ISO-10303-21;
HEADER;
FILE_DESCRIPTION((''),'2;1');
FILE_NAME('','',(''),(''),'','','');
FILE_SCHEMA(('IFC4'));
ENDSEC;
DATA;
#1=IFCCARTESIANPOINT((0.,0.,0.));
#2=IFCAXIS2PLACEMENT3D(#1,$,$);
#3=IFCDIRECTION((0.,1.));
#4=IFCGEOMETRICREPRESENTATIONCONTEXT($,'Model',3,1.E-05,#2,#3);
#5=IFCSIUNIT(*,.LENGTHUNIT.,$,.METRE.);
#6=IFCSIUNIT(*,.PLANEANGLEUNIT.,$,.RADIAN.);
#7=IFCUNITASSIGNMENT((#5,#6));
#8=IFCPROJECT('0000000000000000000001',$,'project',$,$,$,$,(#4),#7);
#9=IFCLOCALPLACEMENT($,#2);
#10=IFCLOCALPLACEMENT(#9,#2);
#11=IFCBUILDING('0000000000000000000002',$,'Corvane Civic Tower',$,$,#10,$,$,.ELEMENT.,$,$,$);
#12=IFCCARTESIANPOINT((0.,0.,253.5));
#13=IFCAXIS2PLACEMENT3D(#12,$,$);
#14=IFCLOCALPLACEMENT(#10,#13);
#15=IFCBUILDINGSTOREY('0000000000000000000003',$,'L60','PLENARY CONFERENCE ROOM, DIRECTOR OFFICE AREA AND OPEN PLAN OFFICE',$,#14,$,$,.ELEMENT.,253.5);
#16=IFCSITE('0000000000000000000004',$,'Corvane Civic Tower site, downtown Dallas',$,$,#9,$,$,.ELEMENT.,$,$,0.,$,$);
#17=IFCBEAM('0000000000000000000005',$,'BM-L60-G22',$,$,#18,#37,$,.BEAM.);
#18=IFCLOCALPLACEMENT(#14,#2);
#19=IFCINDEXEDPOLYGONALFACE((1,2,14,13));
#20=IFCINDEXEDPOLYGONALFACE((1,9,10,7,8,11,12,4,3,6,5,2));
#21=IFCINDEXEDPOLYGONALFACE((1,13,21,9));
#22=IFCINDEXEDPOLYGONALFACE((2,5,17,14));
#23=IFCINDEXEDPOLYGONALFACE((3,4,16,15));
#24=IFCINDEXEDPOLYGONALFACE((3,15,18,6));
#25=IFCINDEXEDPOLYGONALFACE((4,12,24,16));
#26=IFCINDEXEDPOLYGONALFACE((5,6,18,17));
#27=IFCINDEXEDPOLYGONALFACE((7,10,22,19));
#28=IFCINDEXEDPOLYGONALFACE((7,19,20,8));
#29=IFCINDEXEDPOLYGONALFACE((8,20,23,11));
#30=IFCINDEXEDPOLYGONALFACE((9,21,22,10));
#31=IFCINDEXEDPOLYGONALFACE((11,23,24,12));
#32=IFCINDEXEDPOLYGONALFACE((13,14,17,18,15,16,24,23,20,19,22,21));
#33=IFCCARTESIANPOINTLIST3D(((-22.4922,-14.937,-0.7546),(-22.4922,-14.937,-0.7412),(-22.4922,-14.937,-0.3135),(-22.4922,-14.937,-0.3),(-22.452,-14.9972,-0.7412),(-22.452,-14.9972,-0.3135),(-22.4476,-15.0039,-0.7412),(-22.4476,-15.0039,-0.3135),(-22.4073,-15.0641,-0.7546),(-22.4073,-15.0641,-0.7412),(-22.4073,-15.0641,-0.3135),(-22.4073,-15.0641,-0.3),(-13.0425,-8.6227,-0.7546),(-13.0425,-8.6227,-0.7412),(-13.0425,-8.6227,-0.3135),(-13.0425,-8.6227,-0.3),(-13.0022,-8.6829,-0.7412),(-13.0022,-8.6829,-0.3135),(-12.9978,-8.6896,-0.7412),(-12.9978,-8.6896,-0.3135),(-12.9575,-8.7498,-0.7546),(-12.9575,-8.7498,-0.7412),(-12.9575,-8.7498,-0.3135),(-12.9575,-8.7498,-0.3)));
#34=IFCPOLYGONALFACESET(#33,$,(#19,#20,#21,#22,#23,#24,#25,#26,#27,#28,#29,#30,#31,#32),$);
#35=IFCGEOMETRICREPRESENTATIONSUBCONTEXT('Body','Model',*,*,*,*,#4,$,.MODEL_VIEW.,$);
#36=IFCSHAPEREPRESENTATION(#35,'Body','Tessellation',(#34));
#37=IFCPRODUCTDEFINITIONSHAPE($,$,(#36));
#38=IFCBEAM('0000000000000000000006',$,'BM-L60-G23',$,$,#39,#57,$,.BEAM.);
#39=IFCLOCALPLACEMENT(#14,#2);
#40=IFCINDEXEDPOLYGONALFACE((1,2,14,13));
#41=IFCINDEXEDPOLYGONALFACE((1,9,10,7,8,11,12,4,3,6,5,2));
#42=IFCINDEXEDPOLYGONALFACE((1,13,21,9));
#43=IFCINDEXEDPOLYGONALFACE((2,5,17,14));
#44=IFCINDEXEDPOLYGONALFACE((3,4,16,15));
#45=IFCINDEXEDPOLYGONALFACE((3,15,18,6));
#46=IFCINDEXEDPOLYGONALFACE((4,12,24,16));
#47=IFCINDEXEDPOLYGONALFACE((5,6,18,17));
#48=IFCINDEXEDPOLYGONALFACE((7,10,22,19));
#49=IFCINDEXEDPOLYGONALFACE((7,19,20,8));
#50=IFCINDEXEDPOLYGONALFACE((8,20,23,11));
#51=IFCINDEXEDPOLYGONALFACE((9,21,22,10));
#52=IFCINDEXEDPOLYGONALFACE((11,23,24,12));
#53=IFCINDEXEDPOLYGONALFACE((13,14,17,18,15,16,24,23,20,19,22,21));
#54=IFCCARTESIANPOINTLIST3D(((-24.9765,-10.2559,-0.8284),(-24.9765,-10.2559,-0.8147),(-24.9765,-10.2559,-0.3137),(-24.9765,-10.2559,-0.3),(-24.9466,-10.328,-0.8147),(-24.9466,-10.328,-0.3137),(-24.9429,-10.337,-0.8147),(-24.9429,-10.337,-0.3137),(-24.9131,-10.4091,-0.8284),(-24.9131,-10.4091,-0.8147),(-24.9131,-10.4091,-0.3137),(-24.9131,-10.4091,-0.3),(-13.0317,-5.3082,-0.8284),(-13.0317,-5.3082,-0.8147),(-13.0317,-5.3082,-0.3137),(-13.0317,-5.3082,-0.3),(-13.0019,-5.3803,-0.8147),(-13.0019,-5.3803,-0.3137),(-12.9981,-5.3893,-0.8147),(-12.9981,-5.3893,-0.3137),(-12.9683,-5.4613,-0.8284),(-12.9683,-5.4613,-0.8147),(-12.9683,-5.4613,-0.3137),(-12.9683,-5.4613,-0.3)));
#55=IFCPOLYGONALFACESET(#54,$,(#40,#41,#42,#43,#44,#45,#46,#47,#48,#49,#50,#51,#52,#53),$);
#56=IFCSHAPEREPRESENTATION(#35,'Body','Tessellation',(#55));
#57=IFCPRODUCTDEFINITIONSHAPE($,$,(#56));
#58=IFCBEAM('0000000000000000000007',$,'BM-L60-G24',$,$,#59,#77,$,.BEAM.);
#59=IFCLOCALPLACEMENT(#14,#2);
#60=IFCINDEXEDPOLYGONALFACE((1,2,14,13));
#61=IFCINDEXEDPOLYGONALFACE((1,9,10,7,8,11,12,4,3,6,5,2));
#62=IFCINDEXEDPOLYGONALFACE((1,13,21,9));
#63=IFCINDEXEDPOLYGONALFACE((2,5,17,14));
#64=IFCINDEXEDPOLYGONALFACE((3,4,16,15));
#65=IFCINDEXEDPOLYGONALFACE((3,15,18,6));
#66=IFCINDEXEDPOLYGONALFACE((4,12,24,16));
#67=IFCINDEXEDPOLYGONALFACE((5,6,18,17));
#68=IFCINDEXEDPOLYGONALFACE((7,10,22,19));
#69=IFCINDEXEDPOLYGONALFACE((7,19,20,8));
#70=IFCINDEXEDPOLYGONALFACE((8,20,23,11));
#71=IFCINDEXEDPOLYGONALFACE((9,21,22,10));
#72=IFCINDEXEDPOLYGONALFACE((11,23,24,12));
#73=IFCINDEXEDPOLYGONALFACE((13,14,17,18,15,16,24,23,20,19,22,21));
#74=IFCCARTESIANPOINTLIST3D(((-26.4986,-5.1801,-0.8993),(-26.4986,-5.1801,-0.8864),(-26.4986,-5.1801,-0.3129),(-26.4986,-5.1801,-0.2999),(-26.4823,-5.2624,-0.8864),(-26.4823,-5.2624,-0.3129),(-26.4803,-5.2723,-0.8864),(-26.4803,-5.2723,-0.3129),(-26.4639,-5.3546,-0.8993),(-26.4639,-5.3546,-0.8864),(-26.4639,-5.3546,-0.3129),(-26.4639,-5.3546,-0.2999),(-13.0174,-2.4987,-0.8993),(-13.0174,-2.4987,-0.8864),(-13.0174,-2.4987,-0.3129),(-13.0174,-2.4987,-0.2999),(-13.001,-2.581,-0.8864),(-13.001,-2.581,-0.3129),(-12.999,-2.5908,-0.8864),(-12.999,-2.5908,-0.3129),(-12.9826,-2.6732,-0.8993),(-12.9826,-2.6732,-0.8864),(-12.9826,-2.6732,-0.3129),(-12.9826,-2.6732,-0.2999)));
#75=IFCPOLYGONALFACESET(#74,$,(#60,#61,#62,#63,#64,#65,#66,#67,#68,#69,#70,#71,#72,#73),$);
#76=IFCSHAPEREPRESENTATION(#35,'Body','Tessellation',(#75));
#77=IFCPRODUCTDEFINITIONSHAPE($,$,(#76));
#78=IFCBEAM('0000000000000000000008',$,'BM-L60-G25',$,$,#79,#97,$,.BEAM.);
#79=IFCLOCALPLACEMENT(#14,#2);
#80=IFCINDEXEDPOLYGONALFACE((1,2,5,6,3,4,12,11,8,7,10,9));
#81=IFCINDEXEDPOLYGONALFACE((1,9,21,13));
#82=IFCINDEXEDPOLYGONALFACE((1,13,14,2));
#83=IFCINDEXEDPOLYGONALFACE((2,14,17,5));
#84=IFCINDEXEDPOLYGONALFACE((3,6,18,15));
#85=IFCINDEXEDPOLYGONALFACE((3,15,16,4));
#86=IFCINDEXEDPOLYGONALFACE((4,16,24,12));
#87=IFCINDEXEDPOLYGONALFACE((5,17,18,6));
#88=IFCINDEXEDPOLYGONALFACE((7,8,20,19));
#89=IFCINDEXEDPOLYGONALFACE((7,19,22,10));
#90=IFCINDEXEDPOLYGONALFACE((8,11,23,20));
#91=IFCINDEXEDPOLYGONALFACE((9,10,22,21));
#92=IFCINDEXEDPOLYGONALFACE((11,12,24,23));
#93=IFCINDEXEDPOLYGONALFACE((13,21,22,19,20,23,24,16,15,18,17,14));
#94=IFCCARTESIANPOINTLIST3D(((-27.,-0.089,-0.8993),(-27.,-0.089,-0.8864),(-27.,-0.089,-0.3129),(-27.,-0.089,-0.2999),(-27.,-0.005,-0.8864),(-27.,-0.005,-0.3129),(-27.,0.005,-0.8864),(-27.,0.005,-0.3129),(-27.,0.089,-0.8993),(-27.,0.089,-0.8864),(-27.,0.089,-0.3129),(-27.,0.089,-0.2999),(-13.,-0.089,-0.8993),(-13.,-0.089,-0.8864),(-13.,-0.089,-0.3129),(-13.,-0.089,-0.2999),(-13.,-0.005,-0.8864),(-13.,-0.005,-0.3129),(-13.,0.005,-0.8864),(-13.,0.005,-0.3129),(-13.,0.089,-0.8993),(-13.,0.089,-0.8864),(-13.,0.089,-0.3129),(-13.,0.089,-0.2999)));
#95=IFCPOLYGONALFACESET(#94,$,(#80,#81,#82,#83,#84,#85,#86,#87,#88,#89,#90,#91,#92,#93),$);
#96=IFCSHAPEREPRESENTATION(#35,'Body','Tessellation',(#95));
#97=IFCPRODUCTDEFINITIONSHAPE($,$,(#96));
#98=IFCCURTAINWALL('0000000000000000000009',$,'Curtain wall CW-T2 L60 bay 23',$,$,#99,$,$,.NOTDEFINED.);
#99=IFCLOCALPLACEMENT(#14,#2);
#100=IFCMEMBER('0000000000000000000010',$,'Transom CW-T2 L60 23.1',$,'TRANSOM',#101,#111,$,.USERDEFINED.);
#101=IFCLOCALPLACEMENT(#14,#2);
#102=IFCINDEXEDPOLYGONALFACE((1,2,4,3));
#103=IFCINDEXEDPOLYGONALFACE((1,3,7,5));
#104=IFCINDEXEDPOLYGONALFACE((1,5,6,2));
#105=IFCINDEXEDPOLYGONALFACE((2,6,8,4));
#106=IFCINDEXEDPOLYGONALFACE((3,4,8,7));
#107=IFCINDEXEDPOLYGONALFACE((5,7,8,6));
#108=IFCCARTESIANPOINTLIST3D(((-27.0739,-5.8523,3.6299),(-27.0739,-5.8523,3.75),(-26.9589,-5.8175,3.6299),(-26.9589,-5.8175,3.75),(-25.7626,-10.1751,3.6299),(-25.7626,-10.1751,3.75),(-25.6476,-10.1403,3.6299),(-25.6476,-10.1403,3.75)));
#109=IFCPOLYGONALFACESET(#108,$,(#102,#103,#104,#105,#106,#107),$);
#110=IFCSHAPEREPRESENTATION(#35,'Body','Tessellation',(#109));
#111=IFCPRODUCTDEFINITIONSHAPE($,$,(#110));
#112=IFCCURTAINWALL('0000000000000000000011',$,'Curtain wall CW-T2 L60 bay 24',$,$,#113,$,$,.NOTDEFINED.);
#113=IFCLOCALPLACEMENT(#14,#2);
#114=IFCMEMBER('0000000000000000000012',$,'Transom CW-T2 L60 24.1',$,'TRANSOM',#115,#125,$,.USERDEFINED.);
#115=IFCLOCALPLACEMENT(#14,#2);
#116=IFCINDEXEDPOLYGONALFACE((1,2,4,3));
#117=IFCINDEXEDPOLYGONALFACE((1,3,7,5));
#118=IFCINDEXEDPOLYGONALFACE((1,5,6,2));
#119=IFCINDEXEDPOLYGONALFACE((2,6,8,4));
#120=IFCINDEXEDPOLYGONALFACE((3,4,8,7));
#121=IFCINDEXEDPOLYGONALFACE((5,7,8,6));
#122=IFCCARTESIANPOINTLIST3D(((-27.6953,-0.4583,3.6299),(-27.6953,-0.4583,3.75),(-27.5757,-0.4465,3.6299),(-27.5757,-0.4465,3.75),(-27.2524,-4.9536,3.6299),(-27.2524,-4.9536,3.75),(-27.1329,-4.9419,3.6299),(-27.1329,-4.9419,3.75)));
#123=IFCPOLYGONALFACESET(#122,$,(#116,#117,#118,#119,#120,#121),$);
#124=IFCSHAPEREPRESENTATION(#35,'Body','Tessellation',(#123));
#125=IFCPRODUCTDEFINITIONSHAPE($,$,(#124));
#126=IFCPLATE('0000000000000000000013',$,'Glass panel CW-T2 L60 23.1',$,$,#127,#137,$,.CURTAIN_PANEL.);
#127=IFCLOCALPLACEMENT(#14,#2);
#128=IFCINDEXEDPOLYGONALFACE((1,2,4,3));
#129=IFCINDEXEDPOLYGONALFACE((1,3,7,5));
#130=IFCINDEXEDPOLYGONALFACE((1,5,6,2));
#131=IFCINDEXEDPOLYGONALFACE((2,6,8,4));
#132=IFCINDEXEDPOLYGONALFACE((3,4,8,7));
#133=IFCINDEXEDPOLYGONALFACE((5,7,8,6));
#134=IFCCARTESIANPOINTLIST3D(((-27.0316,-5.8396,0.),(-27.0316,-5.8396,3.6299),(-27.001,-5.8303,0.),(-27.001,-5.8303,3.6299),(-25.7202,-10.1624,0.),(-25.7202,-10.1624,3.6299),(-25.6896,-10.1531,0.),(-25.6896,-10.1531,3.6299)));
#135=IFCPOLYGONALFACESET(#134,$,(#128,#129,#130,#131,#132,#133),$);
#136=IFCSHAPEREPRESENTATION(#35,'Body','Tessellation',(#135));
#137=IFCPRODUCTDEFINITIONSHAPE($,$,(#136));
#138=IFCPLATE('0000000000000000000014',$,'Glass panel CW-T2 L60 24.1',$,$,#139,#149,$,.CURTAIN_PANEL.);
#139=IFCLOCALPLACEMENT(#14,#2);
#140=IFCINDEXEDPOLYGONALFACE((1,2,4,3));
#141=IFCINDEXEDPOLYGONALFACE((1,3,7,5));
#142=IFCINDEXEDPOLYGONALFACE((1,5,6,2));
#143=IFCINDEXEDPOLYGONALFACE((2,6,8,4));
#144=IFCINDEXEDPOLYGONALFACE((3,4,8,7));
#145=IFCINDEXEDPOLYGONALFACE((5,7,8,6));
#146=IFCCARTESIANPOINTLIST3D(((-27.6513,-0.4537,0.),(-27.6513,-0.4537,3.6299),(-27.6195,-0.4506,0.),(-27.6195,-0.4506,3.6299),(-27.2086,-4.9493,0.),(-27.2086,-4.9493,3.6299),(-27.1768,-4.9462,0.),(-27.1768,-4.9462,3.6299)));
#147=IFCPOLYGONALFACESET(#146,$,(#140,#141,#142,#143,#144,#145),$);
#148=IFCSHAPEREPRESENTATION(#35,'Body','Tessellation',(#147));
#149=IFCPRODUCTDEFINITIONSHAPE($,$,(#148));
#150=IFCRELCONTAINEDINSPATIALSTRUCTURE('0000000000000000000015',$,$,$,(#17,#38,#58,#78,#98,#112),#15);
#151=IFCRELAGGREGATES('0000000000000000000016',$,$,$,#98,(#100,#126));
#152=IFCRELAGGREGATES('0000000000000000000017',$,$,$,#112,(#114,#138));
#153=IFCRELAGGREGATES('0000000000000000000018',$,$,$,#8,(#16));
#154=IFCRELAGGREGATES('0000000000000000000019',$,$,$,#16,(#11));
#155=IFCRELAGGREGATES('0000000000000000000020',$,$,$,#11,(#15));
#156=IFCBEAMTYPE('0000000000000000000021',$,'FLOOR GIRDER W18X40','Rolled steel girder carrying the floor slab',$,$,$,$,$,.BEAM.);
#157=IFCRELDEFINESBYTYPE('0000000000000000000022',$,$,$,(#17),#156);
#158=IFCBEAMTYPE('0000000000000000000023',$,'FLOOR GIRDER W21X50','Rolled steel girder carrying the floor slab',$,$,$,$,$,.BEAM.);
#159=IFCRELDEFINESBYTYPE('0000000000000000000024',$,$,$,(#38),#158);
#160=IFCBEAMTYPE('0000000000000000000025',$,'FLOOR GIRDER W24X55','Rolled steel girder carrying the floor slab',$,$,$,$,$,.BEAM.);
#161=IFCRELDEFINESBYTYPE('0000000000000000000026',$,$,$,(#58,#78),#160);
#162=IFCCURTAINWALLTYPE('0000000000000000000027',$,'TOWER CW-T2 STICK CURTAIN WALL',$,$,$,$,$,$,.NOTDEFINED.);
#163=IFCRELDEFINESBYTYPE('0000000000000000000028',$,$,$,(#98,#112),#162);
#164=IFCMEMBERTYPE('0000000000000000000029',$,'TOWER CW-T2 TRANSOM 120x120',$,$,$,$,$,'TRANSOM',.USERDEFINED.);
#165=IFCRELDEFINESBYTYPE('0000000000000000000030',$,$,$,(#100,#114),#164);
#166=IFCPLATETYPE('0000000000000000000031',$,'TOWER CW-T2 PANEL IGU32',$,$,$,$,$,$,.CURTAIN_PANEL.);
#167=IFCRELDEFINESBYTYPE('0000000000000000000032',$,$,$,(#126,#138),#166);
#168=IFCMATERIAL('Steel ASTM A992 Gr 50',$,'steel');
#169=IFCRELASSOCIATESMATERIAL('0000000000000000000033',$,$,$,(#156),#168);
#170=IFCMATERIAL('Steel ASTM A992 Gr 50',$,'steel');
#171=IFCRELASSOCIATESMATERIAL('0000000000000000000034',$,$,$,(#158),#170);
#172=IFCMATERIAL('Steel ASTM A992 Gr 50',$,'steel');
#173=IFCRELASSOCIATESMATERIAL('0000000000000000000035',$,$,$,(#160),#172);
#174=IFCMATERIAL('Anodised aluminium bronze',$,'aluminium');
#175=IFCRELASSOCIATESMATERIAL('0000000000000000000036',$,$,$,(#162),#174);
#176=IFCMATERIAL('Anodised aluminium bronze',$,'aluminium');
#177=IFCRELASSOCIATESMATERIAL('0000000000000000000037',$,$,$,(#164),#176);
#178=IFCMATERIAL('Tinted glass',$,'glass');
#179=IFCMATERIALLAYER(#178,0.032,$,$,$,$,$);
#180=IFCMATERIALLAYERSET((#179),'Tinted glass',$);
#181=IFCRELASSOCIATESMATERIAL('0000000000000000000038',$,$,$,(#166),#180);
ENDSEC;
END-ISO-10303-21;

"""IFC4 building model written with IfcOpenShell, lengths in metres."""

from ifc_helpers import new_model, si_unit, direction, frame, origin, origin_2d, place, context, subcontext, project, spatial, rectangle, i_section, extrude, material, layer, layer_set, material_profile, profile_set, type_object, element, aggregate, save


model = new_model("IFC4")

# Units and contexts
model_context = context("Model", 3, precision=1e-05, world=origin(), true_north=direction((0.0, 1.0)))
body_context = subcontext(model_context, "Body", "Model", "MODEL_VIEW")
ifc_project = project(units=[si_unit("LENGTHUNIT", "METRE"), si_unit("PLANEANGLEUNIT", "RADIAN")], contexts=[model_context])

# Site, building, storey
site_placement = place(None, origin())
site = spatial("IfcSite", under=ifc_project, at=site_placement, Name="Corvane Civic Tower site, downtown Dallas", CompositionType="ELEMENT", RefElevation=0.0)
building_placement = place(site_placement, origin())
building = spatial("IfcBuilding", under=site, at=building_placement, Name="Corvane Civic Tower", CompositionType="ELEMENT")
storey_placement = place(building_placement, frame((0.0, 0.0, 253.5)))
storey = spatial("IfcBuildingStorey", under=building, at=storey_placement, Name="L60", Description="PLENARY CONFERENCE ROOM, DIRECTOR OFFICE AREA AND OPEN PLAN OFFICE", CompositionType="ELEMENT", Elevation=253.5)

# Beams
ifc_material_1 = material(Name="Steel ASTM A992 Gr 50", Category="steel")
ifc_material_profile_1 = material_profile(ifc_material_1, i_section(OverallWidth=0.1528, OverallDepth=0.4546, WebThickness=0.0081, FlangeThickness=0.0134, at=origin_2d()), Name="W18X40")
ifc_profile_set_1 = profile_set([ifc_material_profile_1], Name="Steel ASTM A992 Gr 50")
beam_type_1 = type_object("IfcBeamType", Name="FLOOR GIRDER W18X40", Description="Rolled steel girder carrying the floor slab", PredefinedType="BEAM", material=ifc_profile_set_1)
beam_1_placement = place(storey_placement, frame((-13.0, -8.6863, -0.5273), z_axis=(-0.831465, -0.555577, 0.0), x_axis=(0.555577, -0.831465, 0.0)))
element("IfcBeam", 1, at=beam_1_placement, inside=storey, type_object=beam_type_1, Name="BM-L60-G22", PredefinedType="BEAM", context=body_context, shape_type="SweptSolid", body=[
    extrude(i_section(OverallWidth=0.1528, OverallDepth=0.4546, WebThickness=0.0081, FlangeThickness=0.0134, at=origin_2d()), origin(), (0.0, 0.0, 1.0), 11.3652),
])
ifc_material_2 = material(Name="Steel ASTM A992 Gr 50", Category="steel")
ifc_material_profile_2 = material_profile(ifc_material_2, i_section(OverallWidth=0.1658, OverallDepth=0.5283, WebThickness=0.0098, FlangeThickness=0.0137, at=origin_2d()), Name="W21X50")
ifc_profile_set_2 = profile_set([ifc_material_profile_2], Name="Steel ASTM A992 Gr 50")
beam_type_2 = type_object("IfcBeamType", Name="FLOOR GIRDER W21X50", Description="Rolled steel girder carrying the floor slab", PredefinedType="BEAM", material=ifc_profile_set_2)
beam_2_placement = place(storey_placement, frame((-13.0, -5.3848, -0.5642), z_axis=(-0.923878, -0.382686, 0.0), x_axis=(0.382686, -0.923878, 0.0)))
element("IfcBeam", 2, at=beam_2_placement, inside=storey, type_object=beam_type_2, Name="BM-L60-G23", PredefinedType="BEAM", context=body_context, shape_type="SweptSolid", body=[
    extrude(i_section(OverallWidth=0.1658, OverallDepth=0.5283, WebThickness=0.0098, FlangeThickness=0.0137, at=origin_2d()), origin(), (0.0, 0.0, 1.0), 12.929),
])
ifc_material_3 = material(Name="Steel ASTM A992 Gr 50", Category="steel")
ifc_material_profile_3 = material_profile(ifc_material_3, i_section(OverallWidth=0.178, OverallDepth=0.5994, WebThickness=0.01, FlangeThickness=0.0129, at=origin_2d()), Name="W24X55")
ifc_profile_set_3 = profile_set([ifc_material_profile_3], Name="Steel ASTM A992 Gr 50")
beam_type_3 = type_object("IfcBeamType", Name="FLOOR GIRDER W24X55", Description="Rolled steel girder carrying the floor slab", PredefinedType="BEAM", material=ifc_profile_set_3)
beam_3_placement = place(storey_placement, frame((-13.0, -2.5859, -0.5996), z_axis=(-0.980788, -0.195078, 0.0), x_axis=(0.195078, -0.980788, 0.0)))
element("IfcBeam", 3, at=beam_3_placement, inside=storey, type_object=beam_type_3, Name="BM-L60-G24", PredefinedType="BEAM", context=body_context, shape_type="SweptSolid", body=[
    extrude(i_section(OverallWidth=0.178, OverallDepth=0.5994, WebThickness=0.01, FlangeThickness=0.0129, at=origin_2d()), origin(), (0.0, 0.0, 1.0), 13.7454),
])
beam_4_placement = place(storey_placement, frame((-13.0, 0.0, -0.5996), z_axis=(-1.0, 0.0, 0.0), x_axis=(0.0, -1.0, 0.0)))
element("IfcBeam", 4, at=beam_4_placement, inside=storey, type_object=beam_type_3, Name="BM-L60-G25", PredefinedType="BEAM", context=body_context, shape_type="SweptSolid", body=[
    extrude(i_section(OverallWidth=0.178, OverallDepth=0.5994, WebThickness=0.01, FlangeThickness=0.0129, at=origin_2d()), origin(), (0.0, 0.0, 1.0), 14.0),
])

# Curtain walls, members
ifc_material_4 = material(Name="Anodised aluminium bronze", Category="aluminium")
curtain_wall_type = type_object("IfcCurtainWallType", Name="TOWER CW-T2 STICK CURTAIN WALL", PredefinedType="NOTDEFINED", material=ifc_material_4)
curtain_wall_1_placement = place(storey_placement, origin())
curtain_wall_1 = element("IfcCurtainWall", 5, at=curtain_wall_1_placement, inside=storey, type_object=curtain_wall_type, Name="Curtain wall CW-T2 L60 bay 23", PredefinedType="NOTDEFINED")
ifc_material_5 = material(Name="Anodised aluminium bronze", Category="aluminium")
ifc_material_profile_4 = material_profile(ifc_material_5, rectangle(XDim=0.1201, YDim=0.1201, at=origin_2d()), Name="TOWER CW-T2 TRANSOM 120x120")
ifc_profile_set_4 = profile_set([ifc_material_profile_4], Name="Anodised aluminium bronze")
member_type = type_object("IfcMemberType", Name="TOWER CW-T2 TRANSOM 120x120", ElementType="TRANSOM", PredefinedType="USERDEFINED", material=ifc_profile_set_4)
member_1_placement = place(storey_placement, frame((-25.7051, -10.1577, 3.6899), z_axis=(-0.290282, 0.956941, 0.0), x_axis=(-0.956941, -0.290282, 0.0)))
member_1 = element("IfcMember", 6, at=member_1_placement, type_object=member_type, Name="Transom CW-T2 L60 23.1", ObjectType="TRANSOM", PredefinedType="USERDEFINED", context=body_context, shape_type="SweptSolid", body=[
    extrude(rectangle(XDim=0.1201, YDim=0.1201, at=origin_2d()), origin(), (0.0, 0.0, 1.0), 4.5173),
])
curtain_wall_2_placement = place(storey_placement, origin())
curtain_wall_2 = element("IfcCurtainWall", 7, at=curtain_wall_2_placement, inside=storey, type_object=curtain_wall_type, Name="Curtain wall CW-T2 L60 bay 24", PredefinedType="NOTDEFINED")
member_2_placement = place(storey_placement, frame((-27.1926, -4.9478, 3.6899), z_axis=(-0.098043, 0.995182, 0.0), x_axis=(-0.995182, -0.098043, 0.0)))
member_2 = element("IfcMember", 8, at=member_2_placement, type_object=member_type, Name="Transom CW-T2 L60 24.1", ObjectType="TRANSOM", PredefinedType="USERDEFINED", context=body_context, shape_type="SweptSolid", body=[
    extrude(rectangle(XDim=0.1201, YDim=0.1201, at=origin_2d()), origin(), (0.0, 0.0, 1.0), 4.5171),
])

# Plates
ifc_material_6 = material(Name="Tinted glass", Category="glass")
ifc_layer_1 = layer(ifc_material_6, 0.032)
ifc_layer_set_1 = layer_set([ifc_layer_1], Name="Tinted glass")
plate_type = type_object("IfcPlateType", Name="TOWER CW-T2 PANEL IGU32", PredefinedType="CURTAIN_PANEL", material=ifc_layer_set_1)
plate_1_placement = place(storey_placement, frame((-26.3606, -7.9963, 0.0), z_axis=(0.0, 0.0, 1.0), x_axis=(-0.29029, 0.956939, 0.0)))
plate_1 = element("IfcPlate", 9, at=plate_1_placement, type_object=plate_type, Name="Glass panel CW-T2 L60 23.1", PredefinedType="CURTAIN_PANEL", context=body_context, shape_type="SweptSolid", body=[
    extrude(rectangle(XDim=4.5173, YDim=0.032, at=origin_2d()), origin(), (0.0, 0.0, 1.0), 3.6299),
])
aggregate(curtain_wall_1, [member_1, plate_1])
plate_2_placement = place(storey_placement, frame((-27.4141, -2.7, 0.0), z_axis=(0.0, 0.0, 1.0), x_axis=(-0.097993, 0.995187, 0.0)))
plate_2 = element("IfcPlate", 10, at=plate_2_placement, type_object=plate_type, Name="Glass panel CW-T2 L60 24.1", PredefinedType="CURTAIN_PANEL", context=body_context, shape_type="SweptSolid", body=[
    extrude(rectangle(XDim=4.5173, YDim=0.032, at=origin_2d()), origin(), (0.0, 0.0, 1.0), 3.6299),
])
aggregate(curtain_wall_2, [member_2, plate_2])

save(model, "model.ifc")
